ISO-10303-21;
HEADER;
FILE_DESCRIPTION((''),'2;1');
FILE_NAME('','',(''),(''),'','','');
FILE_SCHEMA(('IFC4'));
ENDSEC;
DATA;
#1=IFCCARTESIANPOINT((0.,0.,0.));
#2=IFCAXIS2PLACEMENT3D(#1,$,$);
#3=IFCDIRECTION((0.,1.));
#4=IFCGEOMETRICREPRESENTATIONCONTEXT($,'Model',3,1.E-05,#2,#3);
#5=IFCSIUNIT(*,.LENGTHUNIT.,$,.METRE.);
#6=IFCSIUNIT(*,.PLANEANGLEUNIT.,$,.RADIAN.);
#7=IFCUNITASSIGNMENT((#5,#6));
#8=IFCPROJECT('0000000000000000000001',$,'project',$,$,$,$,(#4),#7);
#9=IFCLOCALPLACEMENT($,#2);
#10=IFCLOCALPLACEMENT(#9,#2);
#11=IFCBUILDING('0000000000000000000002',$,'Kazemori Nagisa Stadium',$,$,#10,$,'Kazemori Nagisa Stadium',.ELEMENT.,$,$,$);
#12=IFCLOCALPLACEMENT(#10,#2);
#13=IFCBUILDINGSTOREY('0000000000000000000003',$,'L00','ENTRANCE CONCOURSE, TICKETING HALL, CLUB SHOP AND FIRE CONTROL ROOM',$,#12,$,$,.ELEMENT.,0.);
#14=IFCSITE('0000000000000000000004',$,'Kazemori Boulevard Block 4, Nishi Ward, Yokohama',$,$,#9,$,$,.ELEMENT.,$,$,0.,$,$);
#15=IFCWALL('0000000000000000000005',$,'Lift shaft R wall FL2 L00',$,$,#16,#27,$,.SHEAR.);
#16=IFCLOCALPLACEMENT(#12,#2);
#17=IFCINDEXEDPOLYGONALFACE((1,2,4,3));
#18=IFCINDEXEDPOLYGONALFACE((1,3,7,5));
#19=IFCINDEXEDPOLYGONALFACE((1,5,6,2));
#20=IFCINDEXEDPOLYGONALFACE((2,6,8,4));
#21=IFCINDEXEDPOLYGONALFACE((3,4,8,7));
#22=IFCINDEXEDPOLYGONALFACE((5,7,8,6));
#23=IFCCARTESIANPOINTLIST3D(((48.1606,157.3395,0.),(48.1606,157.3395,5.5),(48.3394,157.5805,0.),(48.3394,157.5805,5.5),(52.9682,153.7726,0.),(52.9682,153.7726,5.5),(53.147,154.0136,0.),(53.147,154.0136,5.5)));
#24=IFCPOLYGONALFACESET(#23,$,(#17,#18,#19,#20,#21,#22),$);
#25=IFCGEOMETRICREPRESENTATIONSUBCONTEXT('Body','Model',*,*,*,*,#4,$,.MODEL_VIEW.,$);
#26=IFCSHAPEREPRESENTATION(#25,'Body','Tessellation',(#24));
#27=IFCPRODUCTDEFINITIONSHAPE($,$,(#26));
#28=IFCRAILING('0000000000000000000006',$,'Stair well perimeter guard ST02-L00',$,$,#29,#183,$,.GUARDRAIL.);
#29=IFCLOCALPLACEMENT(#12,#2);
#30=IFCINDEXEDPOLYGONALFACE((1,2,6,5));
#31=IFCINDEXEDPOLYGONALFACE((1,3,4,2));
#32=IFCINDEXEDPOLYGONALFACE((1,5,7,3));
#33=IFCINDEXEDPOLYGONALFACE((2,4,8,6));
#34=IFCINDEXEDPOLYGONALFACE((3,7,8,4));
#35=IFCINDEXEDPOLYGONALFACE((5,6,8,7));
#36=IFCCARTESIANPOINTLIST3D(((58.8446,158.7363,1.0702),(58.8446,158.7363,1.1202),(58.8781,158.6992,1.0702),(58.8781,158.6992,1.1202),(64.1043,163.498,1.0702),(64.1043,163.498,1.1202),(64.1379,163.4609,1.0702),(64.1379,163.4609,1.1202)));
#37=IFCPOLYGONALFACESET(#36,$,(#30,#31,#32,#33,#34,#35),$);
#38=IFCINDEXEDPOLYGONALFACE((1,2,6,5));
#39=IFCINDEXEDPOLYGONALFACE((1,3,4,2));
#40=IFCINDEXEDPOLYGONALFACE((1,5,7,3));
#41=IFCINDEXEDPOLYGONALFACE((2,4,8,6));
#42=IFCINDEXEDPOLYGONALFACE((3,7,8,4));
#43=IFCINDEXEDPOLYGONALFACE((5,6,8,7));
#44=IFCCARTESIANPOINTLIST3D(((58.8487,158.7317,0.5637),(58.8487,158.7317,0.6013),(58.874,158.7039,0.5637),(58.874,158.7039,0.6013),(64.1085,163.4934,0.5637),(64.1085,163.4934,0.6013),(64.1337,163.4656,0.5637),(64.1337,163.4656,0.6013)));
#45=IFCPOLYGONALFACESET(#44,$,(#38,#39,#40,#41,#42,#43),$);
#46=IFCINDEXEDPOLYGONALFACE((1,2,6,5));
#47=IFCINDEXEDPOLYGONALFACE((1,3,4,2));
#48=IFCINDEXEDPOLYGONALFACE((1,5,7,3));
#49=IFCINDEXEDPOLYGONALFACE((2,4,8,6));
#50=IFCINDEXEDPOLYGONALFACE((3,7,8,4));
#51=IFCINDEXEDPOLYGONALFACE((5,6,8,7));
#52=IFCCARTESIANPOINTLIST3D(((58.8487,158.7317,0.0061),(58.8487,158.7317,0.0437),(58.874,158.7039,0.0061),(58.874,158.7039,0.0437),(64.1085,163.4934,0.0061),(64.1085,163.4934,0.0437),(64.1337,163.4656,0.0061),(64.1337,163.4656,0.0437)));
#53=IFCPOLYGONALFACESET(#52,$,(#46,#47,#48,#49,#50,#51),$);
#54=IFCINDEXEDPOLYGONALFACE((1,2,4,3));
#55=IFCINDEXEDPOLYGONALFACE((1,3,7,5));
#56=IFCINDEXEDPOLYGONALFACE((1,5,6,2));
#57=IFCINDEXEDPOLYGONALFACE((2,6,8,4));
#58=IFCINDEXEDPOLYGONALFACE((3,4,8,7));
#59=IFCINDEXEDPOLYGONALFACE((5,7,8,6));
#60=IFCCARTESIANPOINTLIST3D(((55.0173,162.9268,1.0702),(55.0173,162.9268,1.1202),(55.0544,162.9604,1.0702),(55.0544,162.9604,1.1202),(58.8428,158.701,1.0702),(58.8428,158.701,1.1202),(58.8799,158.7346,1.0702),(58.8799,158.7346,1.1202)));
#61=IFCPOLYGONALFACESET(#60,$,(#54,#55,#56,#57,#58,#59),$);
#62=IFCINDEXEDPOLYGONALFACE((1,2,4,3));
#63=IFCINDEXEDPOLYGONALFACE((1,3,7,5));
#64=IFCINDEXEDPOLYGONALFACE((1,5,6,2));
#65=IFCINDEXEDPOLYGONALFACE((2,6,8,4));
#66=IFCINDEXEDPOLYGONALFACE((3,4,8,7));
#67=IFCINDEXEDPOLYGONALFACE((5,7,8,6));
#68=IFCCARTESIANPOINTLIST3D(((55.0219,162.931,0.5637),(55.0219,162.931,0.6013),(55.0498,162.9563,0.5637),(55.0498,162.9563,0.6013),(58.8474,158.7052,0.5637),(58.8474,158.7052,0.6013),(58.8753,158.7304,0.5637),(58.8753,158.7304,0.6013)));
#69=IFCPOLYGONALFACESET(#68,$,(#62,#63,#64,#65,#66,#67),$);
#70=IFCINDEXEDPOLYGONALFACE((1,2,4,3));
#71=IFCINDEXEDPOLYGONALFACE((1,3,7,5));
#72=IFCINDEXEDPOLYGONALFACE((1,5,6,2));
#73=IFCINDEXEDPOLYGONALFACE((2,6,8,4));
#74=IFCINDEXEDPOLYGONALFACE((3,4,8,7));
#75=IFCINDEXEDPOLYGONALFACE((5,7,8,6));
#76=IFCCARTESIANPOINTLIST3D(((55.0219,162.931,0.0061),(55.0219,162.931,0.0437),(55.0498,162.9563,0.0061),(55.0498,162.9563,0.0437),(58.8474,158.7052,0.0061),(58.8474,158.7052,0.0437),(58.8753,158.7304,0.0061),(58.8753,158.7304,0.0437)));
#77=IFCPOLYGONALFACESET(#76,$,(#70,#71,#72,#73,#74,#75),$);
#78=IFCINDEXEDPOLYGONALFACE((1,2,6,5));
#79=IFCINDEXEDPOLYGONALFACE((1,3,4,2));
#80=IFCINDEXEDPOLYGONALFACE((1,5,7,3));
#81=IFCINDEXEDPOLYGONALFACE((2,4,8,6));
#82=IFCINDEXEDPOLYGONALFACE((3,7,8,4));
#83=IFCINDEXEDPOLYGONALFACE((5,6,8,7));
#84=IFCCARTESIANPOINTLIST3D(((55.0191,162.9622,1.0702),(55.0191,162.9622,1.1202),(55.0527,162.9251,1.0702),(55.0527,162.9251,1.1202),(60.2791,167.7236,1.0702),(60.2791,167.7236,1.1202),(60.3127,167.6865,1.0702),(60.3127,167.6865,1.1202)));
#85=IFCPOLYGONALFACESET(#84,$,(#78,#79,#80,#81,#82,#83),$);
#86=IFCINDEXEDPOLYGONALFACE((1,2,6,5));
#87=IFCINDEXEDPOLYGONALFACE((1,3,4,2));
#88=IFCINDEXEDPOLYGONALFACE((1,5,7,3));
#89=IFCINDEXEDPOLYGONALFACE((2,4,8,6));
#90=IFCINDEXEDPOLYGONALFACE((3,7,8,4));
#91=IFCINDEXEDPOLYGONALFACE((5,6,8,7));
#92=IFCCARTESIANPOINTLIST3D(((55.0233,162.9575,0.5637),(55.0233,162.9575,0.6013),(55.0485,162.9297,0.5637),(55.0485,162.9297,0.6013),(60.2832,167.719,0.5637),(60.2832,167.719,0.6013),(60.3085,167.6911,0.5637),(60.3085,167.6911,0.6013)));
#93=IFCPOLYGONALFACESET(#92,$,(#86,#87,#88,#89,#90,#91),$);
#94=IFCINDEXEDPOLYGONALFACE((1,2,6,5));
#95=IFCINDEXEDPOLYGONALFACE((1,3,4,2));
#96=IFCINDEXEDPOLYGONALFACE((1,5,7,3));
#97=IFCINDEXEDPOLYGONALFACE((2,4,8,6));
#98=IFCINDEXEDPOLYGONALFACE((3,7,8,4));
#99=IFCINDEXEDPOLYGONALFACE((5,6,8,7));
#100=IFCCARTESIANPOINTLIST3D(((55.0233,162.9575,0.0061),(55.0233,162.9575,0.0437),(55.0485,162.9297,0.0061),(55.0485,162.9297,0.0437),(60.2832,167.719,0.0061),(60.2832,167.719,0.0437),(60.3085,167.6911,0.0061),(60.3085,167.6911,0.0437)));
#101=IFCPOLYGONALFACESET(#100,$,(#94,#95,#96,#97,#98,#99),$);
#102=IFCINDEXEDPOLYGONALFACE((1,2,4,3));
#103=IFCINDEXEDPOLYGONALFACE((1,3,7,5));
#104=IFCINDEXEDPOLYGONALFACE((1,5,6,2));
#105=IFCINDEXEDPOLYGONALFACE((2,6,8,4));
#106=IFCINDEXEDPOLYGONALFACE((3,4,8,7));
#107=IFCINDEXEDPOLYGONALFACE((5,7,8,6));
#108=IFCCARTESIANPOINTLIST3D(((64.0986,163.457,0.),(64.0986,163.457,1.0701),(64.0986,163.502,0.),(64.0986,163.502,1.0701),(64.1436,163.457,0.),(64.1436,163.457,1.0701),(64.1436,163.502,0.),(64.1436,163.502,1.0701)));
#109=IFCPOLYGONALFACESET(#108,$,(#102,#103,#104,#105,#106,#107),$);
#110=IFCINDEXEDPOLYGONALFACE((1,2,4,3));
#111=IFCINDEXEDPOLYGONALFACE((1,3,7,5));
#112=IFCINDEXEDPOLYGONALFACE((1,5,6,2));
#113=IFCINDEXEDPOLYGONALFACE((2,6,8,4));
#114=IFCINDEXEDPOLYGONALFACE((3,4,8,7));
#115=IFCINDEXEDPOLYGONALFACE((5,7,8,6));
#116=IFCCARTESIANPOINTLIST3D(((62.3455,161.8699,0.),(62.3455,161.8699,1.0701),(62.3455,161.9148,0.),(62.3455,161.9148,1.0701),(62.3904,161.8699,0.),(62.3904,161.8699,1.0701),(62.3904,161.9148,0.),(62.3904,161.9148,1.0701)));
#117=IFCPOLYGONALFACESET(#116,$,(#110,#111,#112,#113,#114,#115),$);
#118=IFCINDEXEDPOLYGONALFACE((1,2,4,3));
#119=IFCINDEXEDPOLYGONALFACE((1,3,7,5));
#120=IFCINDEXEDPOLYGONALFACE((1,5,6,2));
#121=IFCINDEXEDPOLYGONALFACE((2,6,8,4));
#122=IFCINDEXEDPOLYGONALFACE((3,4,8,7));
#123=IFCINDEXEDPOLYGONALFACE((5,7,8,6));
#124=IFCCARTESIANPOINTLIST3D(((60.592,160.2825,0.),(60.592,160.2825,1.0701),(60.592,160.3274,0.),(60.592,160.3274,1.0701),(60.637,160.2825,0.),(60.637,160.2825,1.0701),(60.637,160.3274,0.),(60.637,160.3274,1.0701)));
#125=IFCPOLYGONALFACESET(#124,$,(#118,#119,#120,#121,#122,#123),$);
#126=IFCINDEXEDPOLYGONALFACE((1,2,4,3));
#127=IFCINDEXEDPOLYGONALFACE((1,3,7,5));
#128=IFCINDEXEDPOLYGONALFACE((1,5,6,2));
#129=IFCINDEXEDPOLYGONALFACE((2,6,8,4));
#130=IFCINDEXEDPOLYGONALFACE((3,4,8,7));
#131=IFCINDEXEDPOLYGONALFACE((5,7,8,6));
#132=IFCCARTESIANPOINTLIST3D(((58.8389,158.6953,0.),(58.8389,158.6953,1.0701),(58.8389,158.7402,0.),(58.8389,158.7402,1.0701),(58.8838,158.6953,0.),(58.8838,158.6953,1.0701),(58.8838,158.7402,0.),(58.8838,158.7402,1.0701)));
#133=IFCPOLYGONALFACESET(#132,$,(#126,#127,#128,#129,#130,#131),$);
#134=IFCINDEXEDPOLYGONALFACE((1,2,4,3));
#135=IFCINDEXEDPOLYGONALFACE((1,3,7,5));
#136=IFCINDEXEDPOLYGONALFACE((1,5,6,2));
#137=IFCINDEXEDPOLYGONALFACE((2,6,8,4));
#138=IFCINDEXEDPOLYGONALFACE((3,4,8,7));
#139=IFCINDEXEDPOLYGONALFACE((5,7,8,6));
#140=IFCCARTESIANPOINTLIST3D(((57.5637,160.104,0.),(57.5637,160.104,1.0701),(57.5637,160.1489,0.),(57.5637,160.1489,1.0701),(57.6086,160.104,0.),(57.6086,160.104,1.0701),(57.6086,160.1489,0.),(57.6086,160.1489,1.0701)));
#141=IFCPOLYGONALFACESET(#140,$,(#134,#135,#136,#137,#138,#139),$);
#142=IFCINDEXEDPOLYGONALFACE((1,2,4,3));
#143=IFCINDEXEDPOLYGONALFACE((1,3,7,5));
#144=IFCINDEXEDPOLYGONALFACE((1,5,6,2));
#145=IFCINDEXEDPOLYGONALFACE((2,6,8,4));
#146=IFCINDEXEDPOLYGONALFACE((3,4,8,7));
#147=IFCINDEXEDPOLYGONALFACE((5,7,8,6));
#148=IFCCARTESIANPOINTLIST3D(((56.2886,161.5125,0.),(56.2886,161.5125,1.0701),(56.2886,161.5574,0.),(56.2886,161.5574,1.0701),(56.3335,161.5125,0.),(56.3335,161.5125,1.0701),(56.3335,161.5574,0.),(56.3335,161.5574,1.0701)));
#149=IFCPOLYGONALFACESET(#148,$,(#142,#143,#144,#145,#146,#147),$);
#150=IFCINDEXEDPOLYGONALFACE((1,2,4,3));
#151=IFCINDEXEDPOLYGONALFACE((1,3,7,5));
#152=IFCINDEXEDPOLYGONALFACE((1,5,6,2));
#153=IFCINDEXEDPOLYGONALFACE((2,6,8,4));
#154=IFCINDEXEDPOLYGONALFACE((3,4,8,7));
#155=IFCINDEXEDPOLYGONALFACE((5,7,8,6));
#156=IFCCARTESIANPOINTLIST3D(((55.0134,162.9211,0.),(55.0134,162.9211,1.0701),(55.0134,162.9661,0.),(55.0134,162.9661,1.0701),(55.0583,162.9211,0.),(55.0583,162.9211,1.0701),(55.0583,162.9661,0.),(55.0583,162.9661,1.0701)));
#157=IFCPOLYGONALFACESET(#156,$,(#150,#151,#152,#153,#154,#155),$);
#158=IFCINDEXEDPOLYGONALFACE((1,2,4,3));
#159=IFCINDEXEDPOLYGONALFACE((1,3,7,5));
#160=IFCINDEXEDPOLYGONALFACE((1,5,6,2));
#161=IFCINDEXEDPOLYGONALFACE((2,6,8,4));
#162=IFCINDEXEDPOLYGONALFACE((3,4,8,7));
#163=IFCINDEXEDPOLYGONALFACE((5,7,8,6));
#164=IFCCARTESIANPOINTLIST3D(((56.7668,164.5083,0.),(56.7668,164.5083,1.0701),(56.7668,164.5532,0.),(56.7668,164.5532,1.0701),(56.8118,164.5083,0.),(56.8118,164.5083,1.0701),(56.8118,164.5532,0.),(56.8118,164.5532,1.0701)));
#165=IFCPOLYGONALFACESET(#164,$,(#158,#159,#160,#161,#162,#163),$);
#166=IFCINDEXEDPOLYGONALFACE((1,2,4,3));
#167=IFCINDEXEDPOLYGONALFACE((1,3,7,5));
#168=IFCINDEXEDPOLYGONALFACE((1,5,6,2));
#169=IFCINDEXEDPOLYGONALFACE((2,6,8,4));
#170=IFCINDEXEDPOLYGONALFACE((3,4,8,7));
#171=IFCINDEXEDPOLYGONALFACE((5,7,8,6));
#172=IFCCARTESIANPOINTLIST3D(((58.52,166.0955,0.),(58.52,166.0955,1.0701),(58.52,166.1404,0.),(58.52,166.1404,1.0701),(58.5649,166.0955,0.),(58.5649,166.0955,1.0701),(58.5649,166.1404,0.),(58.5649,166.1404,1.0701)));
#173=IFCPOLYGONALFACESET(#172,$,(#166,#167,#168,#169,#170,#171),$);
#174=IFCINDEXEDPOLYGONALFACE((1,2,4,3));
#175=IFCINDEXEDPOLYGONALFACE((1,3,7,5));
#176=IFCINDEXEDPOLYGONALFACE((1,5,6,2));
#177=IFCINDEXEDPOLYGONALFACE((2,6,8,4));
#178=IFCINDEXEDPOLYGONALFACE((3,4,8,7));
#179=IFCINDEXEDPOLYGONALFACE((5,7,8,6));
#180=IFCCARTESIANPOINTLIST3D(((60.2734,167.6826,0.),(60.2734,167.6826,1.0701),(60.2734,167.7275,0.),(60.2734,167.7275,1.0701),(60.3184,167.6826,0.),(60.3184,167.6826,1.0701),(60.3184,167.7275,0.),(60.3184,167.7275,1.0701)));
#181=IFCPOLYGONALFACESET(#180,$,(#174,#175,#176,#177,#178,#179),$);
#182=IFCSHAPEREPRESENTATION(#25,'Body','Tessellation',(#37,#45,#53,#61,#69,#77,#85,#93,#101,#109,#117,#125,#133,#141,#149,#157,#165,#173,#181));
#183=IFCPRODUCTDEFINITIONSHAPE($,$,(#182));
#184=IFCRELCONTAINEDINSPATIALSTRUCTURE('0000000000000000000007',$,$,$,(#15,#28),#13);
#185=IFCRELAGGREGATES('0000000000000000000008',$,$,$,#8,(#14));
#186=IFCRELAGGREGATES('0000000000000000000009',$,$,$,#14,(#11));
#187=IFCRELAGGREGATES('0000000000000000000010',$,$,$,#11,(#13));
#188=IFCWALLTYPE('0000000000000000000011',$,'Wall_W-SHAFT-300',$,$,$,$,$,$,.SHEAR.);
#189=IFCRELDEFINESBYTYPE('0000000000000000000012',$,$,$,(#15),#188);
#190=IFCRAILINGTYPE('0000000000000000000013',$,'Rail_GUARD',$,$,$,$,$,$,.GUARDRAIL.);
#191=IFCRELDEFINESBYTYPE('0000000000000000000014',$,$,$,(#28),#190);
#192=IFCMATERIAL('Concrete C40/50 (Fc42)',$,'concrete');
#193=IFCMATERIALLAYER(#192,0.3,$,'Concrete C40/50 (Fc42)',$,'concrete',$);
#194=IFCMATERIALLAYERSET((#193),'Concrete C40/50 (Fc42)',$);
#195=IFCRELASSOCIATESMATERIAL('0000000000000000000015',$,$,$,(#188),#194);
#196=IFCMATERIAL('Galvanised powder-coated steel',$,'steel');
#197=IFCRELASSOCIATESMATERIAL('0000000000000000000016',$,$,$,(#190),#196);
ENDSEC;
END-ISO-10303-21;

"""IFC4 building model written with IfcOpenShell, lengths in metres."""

from ifc_helpers import new_model, si_unit, direction, frame, frame_2d, origin, origin_2d, place, context, subcontext, project, spatial, rectangle, extrude, material, layer, layer_set, type_object, element, save


model = new_model("IFC4")

# Units and contexts
model_context = context("Model", 3, precision=1e-05, world=origin(), true_north=direction((0.0, 1.0)))
body_context = subcontext(model_context, "Body", "Model", "MODEL_VIEW")
ifc_project = project(units=[si_unit("LENGTHUNIT", "METRE"), si_unit("PLANEANGLEUNIT", "RADIAN")], contexts=[model_context])

# Site, building, storey
site_placement = place(None, origin())
site = spatial("IfcSite", under=ifc_project, at=site_placement, Name="Kazemori Boulevard Block 4, Nishi Ward, Yokohama", CompositionType="ELEMENT", RefElevation=0.0)
building_placement = place(site_placement, origin())
building = spatial("IfcBuilding", under=site, at=building_placement, Name="Kazemori Nagisa Stadium", LongName="Kazemori Nagisa Stadium", CompositionType="ELEMENT")
storey_placement = place(building_placement, origin())
storey = spatial("IfcBuildingStorey", under=building, at=storey_placement, Name="L00", Description="ENTRANCE CONCOURSE, TICKETING HALL, CLUB SHOP AND FIRE CONTROL ROOM", CompositionType="ELEMENT", Elevation=0.0)

# Shared definitions
ifc_material_1 = material(Name="Concrete C40/50 (Fc42)", Category="concrete")

# Shared definitions
ifc_layer_1 = layer(ifc_material_1, 0.3, Name="Concrete C40/50 (Fc42)", Category="concrete")
ifc_layer_set_1 = layer_set([ifc_layer_1], Name="Concrete C40/50 (Fc42)")
wall_type_1 = type_object("IfcWallType", Name="Wall_W-SHAFT-300", PredefinedType="SHEAR", material=ifc_layer_set_1)

# Wall
wall_1_placement = place(storey_placement, frame((53.0576, 153.8931, 0.0), z_axis=(0.0, 0.0, 1.0), x_axis=(-0.803102, 0.595842, 0.0)))
element("IfcWall", 1, at=wall_1_placement, inside=storey, type_object=wall_type_1, Name="Lift shaft R wall FL2 L00", PredefinedType="SHEAR", context=body_context, shape_type="SweptSolid", body=[
    extrude(rectangle(XDim=5.9863, YDim=0.3, at=frame_2d((2.9932, 0.0))), origin(), (0.0, 0.0, 1.0), 5.5),
])

# Railing
ifc_material_2 = material(Name="Galvanised powder-coated steel", Category="steel")
railing_type_1 = type_object("IfcRailingType", Name="Rail_GUARD", PredefinedType="GUARDRAIL", material=ifc_material_2)
railing_1_placement = place(storey_placement, frame((64.1211, 163.4795, 0.0)))
element("IfcRailing", 2, at=railing_1_placement, inside=storey, type_object=railing_type_1, Name="Stair well perimeter guard ST02-L00", PredefinedType="GUARDRAIL", context=body_context, shape_type="SweptSolid", body=[
    extrude(rectangle(XDim=0.05, YDim=0.05, at=origin_2d()), frame((0.0, 0.0, 1.0952), z_axis=(-0.741334, -0.671137, 0.0), x_axis=(0.671137, -0.741334, 0.0)), (0.0, 0.0, 1.0), 7.095),
    extrude(rectangle(XDim=0.0376, YDim=0.0376, at=origin_2d()), frame((0.0, 0.0, 0.5825), z_axis=(-0.741334, -0.671137, 0.0), x_axis=(0.671137, -0.741334, 0.0)), (0.0, 0.0, 1.0), 7.095),
    extrude(rectangle(XDim=0.0376, YDim=0.0376, at=origin_2d()), frame((0.0, 0.0, 0.0249), z_axis=(-0.741334, -0.671137, 0.0), x_axis=(0.671137, -0.741334, 0.0)), (0.0, 0.0, 1.0), 7.095),
    extrude(rectangle(XDim=0.05, YDim=0.05, at=origin_2d()), frame((-5.2598, -4.7617, 1.0952), z_axis=(-0.671113, 0.741355, 0.0), x_axis=(-0.741355, -0.671113, 0.0)), (0.0, 0.0, 1.0), 5.7002),
    extrude(rectangle(XDim=0.0376, YDim=0.0376, at=origin_2d()), frame((-5.2598, -4.7617, 0.5825), z_axis=(-0.671113, 0.741355, 0.0), x_axis=(-0.741355, -0.671113, 0.0)), (0.0, 0.0, 1.0), 5.7002),
    extrude(rectangle(XDim=0.0376, YDim=0.0376, at=origin_2d()), frame((-5.2598, -4.7617, 0.0249), z_axis=(-0.671113, 0.741355, 0.0), x_axis=(-0.741355, -0.671113, 0.0)), (0.0, 0.0, 1.0), 5.7002),
    extrude(rectangle(XDim=0.05, YDim=0.05, at=origin_2d()), frame((-9.0852, -0.5359, 1.0952), z_axis=(0.741366, 0.671101, 0.0), x_axis=(-0.671101, 0.741366, 0.0)), (0.0, 0.0, 1.0), 7.095),
    extrude(rectangle(XDim=0.0376, YDim=0.0376, at=origin_2d()), frame((-9.0852, -0.5359, 0.5825), z_axis=(0.741366, 0.671101, 0.0), x_axis=(-0.671101, 0.741366, 0.0)), (0.0, 0.0, 1.0), 7.095),
    extrude(rectangle(XDim=0.0376, YDim=0.0376, at=origin_2d()), frame((-9.0852, -0.5359, 0.0249), z_axis=(0.741366, 0.671101, 0.0), x_axis=(-0.671101, 0.741366, 0.0)), (0.0, 0.0, 1.0), 7.095),
    extrude(rectangle(XDim=0.0449, YDim=0.0449, at=origin_2d()), origin(), (0.0, 0.0, 1.0), 1.0701),
    extrude(rectangle(XDim=0.0449, YDim=0.0449, at=origin_2d()), frame((-1.7532, -1.5872, 0.0)), (0.0, 0.0, 1.0), 1.0701),
    extrude(rectangle(XDim=0.0449, YDim=0.0449, at=origin_2d()), frame((-3.5066, -3.1746, 0.0)), (0.0, 0.0, 1.0), 1.0701),
    extrude(rectangle(XDim=0.0449, YDim=0.0449, at=origin_2d()), frame((-5.2598, -4.7617, 0.0)), (0.0, 0.0, 1.0), 1.0701),
    extrude(rectangle(XDim=0.0449, YDim=0.0449, at=origin_2d()), frame((-6.5349, -3.353, 0.0)), (0.0, 0.0, 1.0), 1.0701),
    extrude(rectangle(XDim=0.0449, YDim=0.0449, at=origin_2d()), frame((-7.8101, -1.9446, 0.0)), (0.0, 0.0, 1.0), 1.0701),
    extrude(rectangle(XDim=0.0449, YDim=0.0449, at=origin_2d()), frame((-9.0852, -0.5359, 0.0)), (0.0, 0.0, 1.0), 1.0701),
    extrude(rectangle(XDim=0.0449, YDim=0.0449, at=origin_2d()), frame((-7.3318, 1.0513, 0.0)), (0.0, 0.0, 1.0), 1.0701),
    extrude(rectangle(XDim=0.0449, YDim=0.0449, at=origin_2d()), frame((-5.5786, 2.6384, 0.0)), (0.0, 0.0, 1.0), 1.0701),
    extrude(rectangle(XDim=0.0449, YDim=0.0449, at=origin_2d()), frame((-3.8252, 4.2256, 0.0)), (0.0, 0.0, 1.0), 1.0701),
])

save(model, "model.ifc")
